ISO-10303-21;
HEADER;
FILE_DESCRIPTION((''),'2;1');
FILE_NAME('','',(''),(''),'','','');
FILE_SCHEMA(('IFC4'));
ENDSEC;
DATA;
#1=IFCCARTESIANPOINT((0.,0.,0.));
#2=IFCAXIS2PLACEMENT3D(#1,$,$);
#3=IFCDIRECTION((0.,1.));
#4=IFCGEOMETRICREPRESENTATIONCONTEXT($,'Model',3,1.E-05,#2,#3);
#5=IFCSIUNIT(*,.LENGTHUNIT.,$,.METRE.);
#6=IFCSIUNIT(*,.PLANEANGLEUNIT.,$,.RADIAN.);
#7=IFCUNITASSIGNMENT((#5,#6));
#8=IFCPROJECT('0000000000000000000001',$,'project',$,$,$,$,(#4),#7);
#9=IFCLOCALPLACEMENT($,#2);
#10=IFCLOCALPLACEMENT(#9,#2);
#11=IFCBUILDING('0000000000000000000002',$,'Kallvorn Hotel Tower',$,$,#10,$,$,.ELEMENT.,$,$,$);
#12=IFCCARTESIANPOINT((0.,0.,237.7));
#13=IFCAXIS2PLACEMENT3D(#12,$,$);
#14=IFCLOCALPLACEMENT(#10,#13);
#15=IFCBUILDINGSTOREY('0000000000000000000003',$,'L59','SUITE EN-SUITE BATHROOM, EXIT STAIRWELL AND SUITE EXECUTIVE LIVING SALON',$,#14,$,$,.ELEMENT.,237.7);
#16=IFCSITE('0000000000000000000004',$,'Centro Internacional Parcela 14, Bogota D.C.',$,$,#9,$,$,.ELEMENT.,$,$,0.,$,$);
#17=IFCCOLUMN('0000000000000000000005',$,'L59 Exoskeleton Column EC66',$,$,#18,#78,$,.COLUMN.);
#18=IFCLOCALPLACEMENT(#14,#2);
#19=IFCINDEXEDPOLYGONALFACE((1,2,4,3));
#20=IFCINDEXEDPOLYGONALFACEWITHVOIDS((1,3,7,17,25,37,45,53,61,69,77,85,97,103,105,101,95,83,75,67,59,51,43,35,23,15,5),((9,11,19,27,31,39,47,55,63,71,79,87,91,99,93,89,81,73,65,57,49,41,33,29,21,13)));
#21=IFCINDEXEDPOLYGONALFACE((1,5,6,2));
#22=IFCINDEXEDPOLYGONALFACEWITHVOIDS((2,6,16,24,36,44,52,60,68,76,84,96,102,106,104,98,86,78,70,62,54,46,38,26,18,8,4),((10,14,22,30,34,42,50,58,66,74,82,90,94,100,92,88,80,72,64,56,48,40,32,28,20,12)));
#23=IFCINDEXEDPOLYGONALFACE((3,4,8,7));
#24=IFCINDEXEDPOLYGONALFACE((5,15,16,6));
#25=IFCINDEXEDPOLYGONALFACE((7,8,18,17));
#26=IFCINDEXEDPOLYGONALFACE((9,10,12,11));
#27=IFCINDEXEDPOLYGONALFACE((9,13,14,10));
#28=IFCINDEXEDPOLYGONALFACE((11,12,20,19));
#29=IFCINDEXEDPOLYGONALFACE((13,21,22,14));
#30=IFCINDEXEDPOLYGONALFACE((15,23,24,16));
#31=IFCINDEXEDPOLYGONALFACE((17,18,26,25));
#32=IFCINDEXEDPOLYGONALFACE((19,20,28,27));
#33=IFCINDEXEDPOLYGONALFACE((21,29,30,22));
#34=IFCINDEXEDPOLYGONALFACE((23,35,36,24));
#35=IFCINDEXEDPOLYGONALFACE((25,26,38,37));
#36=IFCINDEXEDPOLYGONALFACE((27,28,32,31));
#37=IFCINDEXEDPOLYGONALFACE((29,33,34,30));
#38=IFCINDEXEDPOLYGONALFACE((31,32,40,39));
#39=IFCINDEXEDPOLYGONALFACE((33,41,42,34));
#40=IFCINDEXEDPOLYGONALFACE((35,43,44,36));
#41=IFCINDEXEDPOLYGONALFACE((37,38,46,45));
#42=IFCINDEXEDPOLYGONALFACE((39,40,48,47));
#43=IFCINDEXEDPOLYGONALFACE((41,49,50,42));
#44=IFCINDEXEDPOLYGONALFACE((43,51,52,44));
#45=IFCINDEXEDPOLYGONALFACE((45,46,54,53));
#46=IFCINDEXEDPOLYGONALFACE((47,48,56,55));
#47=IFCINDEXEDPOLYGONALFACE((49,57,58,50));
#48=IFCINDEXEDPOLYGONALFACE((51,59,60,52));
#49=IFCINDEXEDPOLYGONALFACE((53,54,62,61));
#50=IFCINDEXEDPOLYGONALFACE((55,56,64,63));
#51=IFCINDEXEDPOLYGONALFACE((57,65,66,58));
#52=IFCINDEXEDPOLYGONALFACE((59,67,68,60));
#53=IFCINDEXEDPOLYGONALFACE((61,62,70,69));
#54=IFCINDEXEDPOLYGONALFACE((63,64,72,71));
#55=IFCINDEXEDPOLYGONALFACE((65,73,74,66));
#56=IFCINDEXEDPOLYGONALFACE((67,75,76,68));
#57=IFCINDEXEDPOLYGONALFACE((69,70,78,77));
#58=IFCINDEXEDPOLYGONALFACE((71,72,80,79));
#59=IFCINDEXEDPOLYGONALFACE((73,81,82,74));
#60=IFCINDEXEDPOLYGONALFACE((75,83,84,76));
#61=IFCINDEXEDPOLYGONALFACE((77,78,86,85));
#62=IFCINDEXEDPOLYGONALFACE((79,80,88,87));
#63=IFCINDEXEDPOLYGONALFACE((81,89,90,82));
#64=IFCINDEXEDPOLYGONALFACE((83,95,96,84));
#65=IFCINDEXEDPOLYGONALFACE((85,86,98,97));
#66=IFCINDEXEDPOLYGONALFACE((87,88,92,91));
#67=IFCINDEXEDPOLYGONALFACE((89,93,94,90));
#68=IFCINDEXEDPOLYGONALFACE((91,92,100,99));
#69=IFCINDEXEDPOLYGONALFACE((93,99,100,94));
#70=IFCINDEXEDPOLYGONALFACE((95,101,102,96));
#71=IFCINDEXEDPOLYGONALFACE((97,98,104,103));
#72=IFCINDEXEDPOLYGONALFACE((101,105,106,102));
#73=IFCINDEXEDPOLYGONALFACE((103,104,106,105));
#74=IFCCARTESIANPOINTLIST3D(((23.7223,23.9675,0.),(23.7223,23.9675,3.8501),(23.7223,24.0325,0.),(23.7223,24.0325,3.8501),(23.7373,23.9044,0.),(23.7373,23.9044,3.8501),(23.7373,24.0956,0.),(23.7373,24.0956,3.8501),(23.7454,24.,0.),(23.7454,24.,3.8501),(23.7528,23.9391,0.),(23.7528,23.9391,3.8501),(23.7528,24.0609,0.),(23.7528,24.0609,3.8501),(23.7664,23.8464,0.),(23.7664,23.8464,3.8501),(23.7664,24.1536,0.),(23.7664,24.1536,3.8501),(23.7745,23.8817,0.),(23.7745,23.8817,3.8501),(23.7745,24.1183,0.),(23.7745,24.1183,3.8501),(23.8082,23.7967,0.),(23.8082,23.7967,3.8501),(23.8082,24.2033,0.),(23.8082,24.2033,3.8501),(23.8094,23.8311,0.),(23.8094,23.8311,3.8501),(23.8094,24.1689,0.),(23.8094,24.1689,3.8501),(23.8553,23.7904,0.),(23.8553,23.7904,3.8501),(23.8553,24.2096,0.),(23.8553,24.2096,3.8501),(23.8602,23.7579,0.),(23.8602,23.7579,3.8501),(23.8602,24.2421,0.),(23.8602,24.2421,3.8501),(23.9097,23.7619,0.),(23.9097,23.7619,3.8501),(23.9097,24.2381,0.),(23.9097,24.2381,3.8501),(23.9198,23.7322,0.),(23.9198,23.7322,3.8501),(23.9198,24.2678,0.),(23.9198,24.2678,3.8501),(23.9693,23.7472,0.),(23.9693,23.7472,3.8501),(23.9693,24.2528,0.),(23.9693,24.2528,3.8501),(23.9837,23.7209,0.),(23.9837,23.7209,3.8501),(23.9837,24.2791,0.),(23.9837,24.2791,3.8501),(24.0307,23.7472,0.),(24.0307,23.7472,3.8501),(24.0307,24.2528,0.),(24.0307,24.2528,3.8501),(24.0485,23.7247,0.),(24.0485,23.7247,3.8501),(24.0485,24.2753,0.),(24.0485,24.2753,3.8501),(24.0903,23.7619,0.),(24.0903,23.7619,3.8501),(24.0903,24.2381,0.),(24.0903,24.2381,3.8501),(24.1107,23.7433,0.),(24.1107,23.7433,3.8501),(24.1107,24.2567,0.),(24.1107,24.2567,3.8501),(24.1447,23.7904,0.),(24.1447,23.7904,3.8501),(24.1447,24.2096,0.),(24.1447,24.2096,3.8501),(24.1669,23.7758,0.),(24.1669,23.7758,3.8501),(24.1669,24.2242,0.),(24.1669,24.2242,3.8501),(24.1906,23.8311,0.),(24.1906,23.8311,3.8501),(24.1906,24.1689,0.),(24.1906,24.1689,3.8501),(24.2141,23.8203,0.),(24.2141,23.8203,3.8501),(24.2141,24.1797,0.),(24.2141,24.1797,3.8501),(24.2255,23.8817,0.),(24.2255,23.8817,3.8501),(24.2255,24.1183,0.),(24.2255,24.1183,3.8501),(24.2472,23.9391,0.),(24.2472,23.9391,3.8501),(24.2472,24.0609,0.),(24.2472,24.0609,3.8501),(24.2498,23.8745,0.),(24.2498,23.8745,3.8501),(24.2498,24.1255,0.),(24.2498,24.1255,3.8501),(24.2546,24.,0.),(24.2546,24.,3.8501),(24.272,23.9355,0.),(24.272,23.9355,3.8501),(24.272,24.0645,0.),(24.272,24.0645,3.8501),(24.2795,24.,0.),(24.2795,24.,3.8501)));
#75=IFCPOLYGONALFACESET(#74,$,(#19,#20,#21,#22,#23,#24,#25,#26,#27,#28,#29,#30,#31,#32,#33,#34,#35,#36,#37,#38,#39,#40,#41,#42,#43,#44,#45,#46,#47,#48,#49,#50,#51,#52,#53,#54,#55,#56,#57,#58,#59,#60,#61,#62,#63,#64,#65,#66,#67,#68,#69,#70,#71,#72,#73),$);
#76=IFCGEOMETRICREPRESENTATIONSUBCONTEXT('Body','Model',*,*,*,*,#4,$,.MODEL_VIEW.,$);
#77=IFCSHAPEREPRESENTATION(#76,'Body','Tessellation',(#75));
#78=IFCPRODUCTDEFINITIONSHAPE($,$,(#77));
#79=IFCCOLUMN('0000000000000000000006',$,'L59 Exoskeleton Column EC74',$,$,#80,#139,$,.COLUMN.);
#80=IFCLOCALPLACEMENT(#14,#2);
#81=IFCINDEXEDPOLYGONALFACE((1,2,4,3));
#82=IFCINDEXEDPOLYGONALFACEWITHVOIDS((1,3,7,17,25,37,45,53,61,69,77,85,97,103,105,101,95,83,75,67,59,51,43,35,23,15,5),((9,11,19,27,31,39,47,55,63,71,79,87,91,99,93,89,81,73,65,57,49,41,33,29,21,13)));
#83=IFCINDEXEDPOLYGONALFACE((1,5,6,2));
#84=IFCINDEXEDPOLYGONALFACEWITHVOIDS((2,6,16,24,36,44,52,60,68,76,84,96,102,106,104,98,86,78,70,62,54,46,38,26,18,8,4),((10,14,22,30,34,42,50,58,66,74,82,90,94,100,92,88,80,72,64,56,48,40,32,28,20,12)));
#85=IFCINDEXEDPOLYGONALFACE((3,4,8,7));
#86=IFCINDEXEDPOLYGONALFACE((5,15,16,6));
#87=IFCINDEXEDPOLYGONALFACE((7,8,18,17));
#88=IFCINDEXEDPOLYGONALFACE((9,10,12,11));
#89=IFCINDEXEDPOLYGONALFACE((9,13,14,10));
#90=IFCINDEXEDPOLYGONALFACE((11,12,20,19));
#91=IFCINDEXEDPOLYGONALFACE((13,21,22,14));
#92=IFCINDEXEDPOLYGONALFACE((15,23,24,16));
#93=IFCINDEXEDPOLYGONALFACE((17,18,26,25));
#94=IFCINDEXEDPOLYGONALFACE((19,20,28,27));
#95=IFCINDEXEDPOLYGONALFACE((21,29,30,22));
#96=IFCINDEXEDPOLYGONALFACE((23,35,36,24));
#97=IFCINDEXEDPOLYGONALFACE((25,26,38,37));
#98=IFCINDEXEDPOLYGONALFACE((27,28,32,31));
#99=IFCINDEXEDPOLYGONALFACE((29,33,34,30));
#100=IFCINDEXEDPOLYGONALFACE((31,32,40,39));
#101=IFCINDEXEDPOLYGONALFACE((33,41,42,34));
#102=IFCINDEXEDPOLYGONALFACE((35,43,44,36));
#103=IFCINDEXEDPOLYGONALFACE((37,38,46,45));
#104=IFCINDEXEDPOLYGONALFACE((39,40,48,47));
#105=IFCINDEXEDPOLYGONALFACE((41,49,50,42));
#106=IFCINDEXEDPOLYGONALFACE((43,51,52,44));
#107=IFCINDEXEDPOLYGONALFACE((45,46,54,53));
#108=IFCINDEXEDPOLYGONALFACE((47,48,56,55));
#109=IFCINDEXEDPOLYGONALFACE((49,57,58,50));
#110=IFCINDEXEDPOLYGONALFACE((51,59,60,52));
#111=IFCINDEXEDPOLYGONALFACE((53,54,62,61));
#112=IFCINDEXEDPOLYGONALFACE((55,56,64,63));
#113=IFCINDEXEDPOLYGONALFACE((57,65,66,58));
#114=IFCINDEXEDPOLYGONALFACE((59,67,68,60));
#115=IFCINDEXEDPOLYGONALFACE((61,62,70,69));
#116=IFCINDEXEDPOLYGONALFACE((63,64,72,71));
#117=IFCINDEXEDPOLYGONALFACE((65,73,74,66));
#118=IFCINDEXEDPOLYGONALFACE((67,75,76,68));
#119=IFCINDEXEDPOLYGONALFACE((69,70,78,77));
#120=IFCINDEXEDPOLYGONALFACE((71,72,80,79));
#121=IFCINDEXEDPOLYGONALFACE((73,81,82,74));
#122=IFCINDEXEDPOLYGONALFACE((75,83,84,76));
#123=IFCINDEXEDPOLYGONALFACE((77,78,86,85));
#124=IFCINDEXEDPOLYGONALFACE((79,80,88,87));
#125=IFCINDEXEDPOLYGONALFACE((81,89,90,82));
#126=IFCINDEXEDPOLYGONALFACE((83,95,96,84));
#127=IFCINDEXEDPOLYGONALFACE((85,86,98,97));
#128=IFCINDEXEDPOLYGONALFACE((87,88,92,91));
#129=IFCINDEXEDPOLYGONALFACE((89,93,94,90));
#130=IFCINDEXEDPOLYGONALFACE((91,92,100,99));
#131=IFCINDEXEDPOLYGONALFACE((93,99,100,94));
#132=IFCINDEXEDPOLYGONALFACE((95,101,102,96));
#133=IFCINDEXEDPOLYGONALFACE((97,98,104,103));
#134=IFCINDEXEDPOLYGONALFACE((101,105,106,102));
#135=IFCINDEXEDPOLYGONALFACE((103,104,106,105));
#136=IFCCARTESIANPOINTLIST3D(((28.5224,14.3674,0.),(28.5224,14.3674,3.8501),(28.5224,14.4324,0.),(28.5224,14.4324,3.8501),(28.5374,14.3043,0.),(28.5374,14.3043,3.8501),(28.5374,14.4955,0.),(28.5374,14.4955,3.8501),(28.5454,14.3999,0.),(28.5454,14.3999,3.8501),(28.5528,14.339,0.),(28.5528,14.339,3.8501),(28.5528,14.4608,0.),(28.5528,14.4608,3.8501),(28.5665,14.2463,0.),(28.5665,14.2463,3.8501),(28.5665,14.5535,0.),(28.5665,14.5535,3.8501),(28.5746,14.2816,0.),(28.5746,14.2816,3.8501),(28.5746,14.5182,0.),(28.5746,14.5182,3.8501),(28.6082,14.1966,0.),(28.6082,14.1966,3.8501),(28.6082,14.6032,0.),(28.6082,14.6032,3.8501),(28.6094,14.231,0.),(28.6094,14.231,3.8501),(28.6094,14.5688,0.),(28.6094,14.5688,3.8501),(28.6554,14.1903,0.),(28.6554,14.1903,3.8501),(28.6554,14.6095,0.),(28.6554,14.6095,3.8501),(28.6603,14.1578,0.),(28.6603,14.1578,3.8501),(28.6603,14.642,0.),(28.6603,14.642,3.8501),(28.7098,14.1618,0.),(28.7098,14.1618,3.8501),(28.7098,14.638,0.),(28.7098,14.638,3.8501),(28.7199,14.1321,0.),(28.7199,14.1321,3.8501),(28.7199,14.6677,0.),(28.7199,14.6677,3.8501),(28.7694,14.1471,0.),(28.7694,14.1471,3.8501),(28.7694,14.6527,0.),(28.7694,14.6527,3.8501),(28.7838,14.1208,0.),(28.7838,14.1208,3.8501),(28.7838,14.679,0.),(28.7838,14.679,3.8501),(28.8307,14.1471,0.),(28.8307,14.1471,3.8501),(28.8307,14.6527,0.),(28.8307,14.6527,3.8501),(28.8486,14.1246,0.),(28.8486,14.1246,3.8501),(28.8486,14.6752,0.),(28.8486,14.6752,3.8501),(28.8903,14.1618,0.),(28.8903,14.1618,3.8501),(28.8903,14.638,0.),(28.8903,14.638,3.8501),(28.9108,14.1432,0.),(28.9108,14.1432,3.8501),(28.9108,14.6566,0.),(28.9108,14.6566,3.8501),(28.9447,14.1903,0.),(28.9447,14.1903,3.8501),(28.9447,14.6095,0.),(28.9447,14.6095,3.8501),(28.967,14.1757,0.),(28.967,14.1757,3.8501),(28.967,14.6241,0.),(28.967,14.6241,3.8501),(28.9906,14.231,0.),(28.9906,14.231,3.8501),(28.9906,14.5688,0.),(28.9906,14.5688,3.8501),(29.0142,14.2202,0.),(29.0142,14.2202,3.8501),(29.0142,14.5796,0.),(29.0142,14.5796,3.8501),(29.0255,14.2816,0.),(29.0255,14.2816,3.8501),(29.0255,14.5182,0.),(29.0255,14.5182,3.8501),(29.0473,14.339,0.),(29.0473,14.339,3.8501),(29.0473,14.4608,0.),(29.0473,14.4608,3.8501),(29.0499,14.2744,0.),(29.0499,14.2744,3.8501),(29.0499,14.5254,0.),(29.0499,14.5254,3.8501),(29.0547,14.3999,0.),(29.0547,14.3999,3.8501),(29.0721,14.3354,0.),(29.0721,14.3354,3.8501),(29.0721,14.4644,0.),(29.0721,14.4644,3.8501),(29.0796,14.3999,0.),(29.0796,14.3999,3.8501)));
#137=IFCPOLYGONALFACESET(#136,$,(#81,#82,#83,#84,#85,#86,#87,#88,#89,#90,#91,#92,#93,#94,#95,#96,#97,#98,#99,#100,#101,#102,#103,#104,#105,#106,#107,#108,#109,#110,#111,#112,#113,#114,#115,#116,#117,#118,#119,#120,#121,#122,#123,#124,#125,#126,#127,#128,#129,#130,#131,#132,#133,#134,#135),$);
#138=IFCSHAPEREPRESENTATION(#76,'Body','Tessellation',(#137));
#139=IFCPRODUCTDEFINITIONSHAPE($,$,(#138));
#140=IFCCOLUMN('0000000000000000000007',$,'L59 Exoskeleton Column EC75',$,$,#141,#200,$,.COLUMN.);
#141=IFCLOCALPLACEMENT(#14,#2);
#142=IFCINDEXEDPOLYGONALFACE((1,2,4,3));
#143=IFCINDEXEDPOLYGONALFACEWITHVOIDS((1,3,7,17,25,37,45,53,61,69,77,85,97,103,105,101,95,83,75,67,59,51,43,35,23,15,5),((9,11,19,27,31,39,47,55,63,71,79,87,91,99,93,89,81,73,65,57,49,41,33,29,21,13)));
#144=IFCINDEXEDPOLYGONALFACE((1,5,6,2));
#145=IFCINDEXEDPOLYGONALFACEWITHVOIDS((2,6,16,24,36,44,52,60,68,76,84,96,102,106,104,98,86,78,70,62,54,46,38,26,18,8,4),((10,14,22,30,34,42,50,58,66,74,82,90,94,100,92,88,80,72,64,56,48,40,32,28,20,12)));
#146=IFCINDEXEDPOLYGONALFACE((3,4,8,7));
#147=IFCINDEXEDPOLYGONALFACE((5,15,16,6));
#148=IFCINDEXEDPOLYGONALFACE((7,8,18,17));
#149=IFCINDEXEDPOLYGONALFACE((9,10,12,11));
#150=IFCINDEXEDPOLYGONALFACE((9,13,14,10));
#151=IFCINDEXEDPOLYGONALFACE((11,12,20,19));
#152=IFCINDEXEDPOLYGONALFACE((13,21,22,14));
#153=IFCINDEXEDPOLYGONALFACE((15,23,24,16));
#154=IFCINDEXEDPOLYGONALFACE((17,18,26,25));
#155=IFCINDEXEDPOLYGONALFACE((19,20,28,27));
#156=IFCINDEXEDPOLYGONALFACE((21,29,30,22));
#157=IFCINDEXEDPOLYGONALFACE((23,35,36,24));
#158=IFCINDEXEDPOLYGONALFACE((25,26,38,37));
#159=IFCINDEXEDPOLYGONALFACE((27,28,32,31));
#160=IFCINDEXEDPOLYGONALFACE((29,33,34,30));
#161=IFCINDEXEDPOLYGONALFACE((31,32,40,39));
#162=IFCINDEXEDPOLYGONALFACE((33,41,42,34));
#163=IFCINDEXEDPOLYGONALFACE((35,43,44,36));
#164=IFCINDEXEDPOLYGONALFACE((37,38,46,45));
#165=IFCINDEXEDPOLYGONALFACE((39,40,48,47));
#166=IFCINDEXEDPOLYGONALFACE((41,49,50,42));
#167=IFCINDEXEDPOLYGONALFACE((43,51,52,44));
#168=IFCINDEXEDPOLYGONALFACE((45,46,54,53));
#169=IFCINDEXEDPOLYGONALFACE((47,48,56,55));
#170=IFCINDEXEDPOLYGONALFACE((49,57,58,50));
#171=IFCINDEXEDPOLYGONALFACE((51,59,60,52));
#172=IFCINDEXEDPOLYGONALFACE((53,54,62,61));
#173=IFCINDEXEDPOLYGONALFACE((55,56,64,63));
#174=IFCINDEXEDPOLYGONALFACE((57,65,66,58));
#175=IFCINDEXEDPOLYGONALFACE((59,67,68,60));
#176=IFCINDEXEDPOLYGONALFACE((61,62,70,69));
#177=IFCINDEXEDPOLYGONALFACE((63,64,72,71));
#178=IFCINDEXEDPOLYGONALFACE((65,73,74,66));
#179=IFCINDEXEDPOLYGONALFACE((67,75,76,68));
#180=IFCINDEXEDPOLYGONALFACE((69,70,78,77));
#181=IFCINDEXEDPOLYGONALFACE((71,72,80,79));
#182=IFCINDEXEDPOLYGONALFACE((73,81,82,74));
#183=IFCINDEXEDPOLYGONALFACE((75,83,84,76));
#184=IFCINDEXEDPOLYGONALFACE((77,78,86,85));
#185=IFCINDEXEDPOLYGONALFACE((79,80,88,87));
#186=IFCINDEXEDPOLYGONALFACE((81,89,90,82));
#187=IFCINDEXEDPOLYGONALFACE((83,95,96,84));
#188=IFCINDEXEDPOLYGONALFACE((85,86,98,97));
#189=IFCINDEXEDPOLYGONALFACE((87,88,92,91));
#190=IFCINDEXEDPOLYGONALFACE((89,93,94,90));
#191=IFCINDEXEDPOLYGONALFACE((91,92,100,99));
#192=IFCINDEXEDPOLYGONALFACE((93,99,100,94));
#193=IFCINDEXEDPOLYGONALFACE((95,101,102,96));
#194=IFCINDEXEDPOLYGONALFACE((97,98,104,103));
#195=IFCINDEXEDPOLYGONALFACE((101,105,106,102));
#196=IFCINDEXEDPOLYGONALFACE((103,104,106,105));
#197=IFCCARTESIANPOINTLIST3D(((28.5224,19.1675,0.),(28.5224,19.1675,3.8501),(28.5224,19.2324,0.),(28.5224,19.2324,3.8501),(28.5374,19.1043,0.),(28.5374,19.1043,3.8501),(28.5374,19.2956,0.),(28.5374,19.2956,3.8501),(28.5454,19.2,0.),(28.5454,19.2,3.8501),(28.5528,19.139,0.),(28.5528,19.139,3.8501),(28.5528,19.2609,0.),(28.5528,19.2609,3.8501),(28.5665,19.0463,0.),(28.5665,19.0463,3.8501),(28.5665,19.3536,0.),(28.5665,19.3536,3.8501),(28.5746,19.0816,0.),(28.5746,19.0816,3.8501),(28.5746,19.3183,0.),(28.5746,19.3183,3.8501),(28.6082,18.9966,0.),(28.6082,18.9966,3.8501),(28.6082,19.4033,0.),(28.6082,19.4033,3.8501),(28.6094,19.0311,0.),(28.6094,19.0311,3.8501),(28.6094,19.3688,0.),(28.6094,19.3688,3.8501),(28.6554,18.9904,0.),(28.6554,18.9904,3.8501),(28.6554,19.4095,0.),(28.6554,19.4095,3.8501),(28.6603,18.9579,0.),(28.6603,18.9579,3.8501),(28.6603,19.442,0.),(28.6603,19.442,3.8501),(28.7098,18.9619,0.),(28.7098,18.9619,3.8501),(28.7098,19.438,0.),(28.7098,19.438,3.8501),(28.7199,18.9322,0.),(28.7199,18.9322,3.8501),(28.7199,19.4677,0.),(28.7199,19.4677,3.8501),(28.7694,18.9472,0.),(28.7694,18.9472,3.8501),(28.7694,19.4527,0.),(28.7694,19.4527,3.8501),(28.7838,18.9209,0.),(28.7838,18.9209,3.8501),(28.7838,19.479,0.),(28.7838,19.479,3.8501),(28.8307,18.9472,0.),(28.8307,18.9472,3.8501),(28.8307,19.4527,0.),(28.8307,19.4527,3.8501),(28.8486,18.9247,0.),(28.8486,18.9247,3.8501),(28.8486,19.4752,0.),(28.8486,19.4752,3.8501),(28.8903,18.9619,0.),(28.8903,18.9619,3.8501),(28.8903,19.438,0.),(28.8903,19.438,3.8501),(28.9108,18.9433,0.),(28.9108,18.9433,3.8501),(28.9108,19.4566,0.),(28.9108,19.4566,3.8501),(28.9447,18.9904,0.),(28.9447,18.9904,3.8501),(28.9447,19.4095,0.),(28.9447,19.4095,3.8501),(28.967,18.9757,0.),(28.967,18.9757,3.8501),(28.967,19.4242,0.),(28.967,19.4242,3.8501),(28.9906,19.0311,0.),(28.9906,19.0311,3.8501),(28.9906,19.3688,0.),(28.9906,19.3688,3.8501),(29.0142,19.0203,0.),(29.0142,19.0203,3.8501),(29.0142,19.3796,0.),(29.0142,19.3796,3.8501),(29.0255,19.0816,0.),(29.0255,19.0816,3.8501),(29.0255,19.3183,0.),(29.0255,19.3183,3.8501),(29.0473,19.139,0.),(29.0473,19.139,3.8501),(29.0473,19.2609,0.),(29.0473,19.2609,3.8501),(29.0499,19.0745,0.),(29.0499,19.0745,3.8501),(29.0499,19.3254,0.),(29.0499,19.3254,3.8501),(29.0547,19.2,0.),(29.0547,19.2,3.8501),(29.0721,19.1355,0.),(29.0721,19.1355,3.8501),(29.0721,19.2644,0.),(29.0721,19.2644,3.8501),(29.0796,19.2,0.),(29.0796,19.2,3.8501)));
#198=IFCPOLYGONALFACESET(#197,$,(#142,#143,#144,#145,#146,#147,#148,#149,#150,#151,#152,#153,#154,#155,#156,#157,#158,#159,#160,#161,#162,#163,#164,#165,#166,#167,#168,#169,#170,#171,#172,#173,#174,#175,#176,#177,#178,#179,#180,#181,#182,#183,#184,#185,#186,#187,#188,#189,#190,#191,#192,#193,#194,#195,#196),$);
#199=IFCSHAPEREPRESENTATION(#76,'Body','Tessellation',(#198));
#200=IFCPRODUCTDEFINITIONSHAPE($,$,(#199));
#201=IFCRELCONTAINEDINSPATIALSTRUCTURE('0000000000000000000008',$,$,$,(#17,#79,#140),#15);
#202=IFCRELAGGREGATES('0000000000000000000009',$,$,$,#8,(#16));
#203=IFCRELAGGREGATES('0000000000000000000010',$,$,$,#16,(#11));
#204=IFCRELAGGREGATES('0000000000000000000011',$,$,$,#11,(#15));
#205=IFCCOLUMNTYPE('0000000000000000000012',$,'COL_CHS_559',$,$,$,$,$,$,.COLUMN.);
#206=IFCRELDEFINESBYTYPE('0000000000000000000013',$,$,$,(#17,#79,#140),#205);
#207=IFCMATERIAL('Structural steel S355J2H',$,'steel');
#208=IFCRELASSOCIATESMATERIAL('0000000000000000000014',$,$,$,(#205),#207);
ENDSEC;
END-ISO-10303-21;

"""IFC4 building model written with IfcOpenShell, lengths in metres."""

from ifc_helpers import new_model, si_unit, direction, frame, origin, origin_2d, place, context, subcontext, project, spatial, hollow_circle, extrude, material, material_profile, profile_set, type_object, element, save


model = new_model("IFC4")

# Units and contexts
model_context = context("Model", 3, precision=1e-05, world=origin(), true_north=direction((0.0, 1.0)))
body_context = subcontext(model_context, "Body", "Model", "MODEL_VIEW")
ifc_project = project(units=[si_unit("LENGTHUNIT", "METRE"), si_unit("PLANEANGLEUNIT", "RADIAN")], contexts=[model_context])

# Site, building, storey
site_placement = place(None, origin())
site = spatial("IfcSite", under=ifc_project, at=site_placement, Name="Centro Internacional Parcela 14, Bogota D.C.", CompositionType="ELEMENT", RefElevation=0.0)
building_placement = place(site_placement, origin())
building = spatial("IfcBuilding", under=site, at=building_placement, Name="Kallvorn Hotel Tower", CompositionType="ELEMENT")
storey_placement = place(building_placement, frame((0.0, 0.0, 237.7)))
storey = spatial("IfcBuildingStorey", under=building, at=storey_placement, Name="L59", Description="SUITE EN-SUITE BATHROOM, EXIT STAIRWELL AND SUITE EXECUTIVE LIVING SALON", CompositionType="ELEMENT", Elevation=237.7)

# Columns
ifc_material_1 = material(Name="Structural steel S355J2H", Category="steel")
ifc_material_profile_1 = material_profile(ifc_material_1, hollow_circle(Radius=0.2795, WallThickness=0.0249, at=origin_2d()), Name="CHS 559x25")
ifc_profile_set_1 = profile_set([ifc_material_profile_1], Name="Structural steel S355J2H")
column_type = type_object("IfcColumnType", Name="COL_CHS_559", PredefinedType="COLUMN", material=ifc_profile_set_1)
for number, where, z_axis, x_axis, name in (
    (1, (24.0, 24.0, 0.0), (0.0, 0.0, 1.0), (1.0, 0.0, 0.0), "L59 Exoskeleton Column EC66"),
    (2, (28.8, 14.3999, 0.0), (0.0, 0.0, 1.0), (1.0, 0.0, 0.0), "L59 Exoskeleton Column EC74"),
    (3, (28.8, 19.2, 0.0), (0.0, 0.0, 1.0), (1.0, 0.0, 0.0), "L59 Exoskeleton Column EC75"),
):
    element("IfcColumn", number, at=place(storey_placement, frame(where, z_axis=z_axis, x_axis=x_axis)), inside=storey, type_object=column_type, Name=name, PredefinedType="COLUMN", context=body_context, shape_type="SweptSolid", body=[
        extrude(hollow_circle(Radius=0.2795, WallThickness=0.0249, at=origin_2d()), origin(), (0.0, 0.0, 1.0), 3.8501),
    ])

save(model, "model.ifc")
